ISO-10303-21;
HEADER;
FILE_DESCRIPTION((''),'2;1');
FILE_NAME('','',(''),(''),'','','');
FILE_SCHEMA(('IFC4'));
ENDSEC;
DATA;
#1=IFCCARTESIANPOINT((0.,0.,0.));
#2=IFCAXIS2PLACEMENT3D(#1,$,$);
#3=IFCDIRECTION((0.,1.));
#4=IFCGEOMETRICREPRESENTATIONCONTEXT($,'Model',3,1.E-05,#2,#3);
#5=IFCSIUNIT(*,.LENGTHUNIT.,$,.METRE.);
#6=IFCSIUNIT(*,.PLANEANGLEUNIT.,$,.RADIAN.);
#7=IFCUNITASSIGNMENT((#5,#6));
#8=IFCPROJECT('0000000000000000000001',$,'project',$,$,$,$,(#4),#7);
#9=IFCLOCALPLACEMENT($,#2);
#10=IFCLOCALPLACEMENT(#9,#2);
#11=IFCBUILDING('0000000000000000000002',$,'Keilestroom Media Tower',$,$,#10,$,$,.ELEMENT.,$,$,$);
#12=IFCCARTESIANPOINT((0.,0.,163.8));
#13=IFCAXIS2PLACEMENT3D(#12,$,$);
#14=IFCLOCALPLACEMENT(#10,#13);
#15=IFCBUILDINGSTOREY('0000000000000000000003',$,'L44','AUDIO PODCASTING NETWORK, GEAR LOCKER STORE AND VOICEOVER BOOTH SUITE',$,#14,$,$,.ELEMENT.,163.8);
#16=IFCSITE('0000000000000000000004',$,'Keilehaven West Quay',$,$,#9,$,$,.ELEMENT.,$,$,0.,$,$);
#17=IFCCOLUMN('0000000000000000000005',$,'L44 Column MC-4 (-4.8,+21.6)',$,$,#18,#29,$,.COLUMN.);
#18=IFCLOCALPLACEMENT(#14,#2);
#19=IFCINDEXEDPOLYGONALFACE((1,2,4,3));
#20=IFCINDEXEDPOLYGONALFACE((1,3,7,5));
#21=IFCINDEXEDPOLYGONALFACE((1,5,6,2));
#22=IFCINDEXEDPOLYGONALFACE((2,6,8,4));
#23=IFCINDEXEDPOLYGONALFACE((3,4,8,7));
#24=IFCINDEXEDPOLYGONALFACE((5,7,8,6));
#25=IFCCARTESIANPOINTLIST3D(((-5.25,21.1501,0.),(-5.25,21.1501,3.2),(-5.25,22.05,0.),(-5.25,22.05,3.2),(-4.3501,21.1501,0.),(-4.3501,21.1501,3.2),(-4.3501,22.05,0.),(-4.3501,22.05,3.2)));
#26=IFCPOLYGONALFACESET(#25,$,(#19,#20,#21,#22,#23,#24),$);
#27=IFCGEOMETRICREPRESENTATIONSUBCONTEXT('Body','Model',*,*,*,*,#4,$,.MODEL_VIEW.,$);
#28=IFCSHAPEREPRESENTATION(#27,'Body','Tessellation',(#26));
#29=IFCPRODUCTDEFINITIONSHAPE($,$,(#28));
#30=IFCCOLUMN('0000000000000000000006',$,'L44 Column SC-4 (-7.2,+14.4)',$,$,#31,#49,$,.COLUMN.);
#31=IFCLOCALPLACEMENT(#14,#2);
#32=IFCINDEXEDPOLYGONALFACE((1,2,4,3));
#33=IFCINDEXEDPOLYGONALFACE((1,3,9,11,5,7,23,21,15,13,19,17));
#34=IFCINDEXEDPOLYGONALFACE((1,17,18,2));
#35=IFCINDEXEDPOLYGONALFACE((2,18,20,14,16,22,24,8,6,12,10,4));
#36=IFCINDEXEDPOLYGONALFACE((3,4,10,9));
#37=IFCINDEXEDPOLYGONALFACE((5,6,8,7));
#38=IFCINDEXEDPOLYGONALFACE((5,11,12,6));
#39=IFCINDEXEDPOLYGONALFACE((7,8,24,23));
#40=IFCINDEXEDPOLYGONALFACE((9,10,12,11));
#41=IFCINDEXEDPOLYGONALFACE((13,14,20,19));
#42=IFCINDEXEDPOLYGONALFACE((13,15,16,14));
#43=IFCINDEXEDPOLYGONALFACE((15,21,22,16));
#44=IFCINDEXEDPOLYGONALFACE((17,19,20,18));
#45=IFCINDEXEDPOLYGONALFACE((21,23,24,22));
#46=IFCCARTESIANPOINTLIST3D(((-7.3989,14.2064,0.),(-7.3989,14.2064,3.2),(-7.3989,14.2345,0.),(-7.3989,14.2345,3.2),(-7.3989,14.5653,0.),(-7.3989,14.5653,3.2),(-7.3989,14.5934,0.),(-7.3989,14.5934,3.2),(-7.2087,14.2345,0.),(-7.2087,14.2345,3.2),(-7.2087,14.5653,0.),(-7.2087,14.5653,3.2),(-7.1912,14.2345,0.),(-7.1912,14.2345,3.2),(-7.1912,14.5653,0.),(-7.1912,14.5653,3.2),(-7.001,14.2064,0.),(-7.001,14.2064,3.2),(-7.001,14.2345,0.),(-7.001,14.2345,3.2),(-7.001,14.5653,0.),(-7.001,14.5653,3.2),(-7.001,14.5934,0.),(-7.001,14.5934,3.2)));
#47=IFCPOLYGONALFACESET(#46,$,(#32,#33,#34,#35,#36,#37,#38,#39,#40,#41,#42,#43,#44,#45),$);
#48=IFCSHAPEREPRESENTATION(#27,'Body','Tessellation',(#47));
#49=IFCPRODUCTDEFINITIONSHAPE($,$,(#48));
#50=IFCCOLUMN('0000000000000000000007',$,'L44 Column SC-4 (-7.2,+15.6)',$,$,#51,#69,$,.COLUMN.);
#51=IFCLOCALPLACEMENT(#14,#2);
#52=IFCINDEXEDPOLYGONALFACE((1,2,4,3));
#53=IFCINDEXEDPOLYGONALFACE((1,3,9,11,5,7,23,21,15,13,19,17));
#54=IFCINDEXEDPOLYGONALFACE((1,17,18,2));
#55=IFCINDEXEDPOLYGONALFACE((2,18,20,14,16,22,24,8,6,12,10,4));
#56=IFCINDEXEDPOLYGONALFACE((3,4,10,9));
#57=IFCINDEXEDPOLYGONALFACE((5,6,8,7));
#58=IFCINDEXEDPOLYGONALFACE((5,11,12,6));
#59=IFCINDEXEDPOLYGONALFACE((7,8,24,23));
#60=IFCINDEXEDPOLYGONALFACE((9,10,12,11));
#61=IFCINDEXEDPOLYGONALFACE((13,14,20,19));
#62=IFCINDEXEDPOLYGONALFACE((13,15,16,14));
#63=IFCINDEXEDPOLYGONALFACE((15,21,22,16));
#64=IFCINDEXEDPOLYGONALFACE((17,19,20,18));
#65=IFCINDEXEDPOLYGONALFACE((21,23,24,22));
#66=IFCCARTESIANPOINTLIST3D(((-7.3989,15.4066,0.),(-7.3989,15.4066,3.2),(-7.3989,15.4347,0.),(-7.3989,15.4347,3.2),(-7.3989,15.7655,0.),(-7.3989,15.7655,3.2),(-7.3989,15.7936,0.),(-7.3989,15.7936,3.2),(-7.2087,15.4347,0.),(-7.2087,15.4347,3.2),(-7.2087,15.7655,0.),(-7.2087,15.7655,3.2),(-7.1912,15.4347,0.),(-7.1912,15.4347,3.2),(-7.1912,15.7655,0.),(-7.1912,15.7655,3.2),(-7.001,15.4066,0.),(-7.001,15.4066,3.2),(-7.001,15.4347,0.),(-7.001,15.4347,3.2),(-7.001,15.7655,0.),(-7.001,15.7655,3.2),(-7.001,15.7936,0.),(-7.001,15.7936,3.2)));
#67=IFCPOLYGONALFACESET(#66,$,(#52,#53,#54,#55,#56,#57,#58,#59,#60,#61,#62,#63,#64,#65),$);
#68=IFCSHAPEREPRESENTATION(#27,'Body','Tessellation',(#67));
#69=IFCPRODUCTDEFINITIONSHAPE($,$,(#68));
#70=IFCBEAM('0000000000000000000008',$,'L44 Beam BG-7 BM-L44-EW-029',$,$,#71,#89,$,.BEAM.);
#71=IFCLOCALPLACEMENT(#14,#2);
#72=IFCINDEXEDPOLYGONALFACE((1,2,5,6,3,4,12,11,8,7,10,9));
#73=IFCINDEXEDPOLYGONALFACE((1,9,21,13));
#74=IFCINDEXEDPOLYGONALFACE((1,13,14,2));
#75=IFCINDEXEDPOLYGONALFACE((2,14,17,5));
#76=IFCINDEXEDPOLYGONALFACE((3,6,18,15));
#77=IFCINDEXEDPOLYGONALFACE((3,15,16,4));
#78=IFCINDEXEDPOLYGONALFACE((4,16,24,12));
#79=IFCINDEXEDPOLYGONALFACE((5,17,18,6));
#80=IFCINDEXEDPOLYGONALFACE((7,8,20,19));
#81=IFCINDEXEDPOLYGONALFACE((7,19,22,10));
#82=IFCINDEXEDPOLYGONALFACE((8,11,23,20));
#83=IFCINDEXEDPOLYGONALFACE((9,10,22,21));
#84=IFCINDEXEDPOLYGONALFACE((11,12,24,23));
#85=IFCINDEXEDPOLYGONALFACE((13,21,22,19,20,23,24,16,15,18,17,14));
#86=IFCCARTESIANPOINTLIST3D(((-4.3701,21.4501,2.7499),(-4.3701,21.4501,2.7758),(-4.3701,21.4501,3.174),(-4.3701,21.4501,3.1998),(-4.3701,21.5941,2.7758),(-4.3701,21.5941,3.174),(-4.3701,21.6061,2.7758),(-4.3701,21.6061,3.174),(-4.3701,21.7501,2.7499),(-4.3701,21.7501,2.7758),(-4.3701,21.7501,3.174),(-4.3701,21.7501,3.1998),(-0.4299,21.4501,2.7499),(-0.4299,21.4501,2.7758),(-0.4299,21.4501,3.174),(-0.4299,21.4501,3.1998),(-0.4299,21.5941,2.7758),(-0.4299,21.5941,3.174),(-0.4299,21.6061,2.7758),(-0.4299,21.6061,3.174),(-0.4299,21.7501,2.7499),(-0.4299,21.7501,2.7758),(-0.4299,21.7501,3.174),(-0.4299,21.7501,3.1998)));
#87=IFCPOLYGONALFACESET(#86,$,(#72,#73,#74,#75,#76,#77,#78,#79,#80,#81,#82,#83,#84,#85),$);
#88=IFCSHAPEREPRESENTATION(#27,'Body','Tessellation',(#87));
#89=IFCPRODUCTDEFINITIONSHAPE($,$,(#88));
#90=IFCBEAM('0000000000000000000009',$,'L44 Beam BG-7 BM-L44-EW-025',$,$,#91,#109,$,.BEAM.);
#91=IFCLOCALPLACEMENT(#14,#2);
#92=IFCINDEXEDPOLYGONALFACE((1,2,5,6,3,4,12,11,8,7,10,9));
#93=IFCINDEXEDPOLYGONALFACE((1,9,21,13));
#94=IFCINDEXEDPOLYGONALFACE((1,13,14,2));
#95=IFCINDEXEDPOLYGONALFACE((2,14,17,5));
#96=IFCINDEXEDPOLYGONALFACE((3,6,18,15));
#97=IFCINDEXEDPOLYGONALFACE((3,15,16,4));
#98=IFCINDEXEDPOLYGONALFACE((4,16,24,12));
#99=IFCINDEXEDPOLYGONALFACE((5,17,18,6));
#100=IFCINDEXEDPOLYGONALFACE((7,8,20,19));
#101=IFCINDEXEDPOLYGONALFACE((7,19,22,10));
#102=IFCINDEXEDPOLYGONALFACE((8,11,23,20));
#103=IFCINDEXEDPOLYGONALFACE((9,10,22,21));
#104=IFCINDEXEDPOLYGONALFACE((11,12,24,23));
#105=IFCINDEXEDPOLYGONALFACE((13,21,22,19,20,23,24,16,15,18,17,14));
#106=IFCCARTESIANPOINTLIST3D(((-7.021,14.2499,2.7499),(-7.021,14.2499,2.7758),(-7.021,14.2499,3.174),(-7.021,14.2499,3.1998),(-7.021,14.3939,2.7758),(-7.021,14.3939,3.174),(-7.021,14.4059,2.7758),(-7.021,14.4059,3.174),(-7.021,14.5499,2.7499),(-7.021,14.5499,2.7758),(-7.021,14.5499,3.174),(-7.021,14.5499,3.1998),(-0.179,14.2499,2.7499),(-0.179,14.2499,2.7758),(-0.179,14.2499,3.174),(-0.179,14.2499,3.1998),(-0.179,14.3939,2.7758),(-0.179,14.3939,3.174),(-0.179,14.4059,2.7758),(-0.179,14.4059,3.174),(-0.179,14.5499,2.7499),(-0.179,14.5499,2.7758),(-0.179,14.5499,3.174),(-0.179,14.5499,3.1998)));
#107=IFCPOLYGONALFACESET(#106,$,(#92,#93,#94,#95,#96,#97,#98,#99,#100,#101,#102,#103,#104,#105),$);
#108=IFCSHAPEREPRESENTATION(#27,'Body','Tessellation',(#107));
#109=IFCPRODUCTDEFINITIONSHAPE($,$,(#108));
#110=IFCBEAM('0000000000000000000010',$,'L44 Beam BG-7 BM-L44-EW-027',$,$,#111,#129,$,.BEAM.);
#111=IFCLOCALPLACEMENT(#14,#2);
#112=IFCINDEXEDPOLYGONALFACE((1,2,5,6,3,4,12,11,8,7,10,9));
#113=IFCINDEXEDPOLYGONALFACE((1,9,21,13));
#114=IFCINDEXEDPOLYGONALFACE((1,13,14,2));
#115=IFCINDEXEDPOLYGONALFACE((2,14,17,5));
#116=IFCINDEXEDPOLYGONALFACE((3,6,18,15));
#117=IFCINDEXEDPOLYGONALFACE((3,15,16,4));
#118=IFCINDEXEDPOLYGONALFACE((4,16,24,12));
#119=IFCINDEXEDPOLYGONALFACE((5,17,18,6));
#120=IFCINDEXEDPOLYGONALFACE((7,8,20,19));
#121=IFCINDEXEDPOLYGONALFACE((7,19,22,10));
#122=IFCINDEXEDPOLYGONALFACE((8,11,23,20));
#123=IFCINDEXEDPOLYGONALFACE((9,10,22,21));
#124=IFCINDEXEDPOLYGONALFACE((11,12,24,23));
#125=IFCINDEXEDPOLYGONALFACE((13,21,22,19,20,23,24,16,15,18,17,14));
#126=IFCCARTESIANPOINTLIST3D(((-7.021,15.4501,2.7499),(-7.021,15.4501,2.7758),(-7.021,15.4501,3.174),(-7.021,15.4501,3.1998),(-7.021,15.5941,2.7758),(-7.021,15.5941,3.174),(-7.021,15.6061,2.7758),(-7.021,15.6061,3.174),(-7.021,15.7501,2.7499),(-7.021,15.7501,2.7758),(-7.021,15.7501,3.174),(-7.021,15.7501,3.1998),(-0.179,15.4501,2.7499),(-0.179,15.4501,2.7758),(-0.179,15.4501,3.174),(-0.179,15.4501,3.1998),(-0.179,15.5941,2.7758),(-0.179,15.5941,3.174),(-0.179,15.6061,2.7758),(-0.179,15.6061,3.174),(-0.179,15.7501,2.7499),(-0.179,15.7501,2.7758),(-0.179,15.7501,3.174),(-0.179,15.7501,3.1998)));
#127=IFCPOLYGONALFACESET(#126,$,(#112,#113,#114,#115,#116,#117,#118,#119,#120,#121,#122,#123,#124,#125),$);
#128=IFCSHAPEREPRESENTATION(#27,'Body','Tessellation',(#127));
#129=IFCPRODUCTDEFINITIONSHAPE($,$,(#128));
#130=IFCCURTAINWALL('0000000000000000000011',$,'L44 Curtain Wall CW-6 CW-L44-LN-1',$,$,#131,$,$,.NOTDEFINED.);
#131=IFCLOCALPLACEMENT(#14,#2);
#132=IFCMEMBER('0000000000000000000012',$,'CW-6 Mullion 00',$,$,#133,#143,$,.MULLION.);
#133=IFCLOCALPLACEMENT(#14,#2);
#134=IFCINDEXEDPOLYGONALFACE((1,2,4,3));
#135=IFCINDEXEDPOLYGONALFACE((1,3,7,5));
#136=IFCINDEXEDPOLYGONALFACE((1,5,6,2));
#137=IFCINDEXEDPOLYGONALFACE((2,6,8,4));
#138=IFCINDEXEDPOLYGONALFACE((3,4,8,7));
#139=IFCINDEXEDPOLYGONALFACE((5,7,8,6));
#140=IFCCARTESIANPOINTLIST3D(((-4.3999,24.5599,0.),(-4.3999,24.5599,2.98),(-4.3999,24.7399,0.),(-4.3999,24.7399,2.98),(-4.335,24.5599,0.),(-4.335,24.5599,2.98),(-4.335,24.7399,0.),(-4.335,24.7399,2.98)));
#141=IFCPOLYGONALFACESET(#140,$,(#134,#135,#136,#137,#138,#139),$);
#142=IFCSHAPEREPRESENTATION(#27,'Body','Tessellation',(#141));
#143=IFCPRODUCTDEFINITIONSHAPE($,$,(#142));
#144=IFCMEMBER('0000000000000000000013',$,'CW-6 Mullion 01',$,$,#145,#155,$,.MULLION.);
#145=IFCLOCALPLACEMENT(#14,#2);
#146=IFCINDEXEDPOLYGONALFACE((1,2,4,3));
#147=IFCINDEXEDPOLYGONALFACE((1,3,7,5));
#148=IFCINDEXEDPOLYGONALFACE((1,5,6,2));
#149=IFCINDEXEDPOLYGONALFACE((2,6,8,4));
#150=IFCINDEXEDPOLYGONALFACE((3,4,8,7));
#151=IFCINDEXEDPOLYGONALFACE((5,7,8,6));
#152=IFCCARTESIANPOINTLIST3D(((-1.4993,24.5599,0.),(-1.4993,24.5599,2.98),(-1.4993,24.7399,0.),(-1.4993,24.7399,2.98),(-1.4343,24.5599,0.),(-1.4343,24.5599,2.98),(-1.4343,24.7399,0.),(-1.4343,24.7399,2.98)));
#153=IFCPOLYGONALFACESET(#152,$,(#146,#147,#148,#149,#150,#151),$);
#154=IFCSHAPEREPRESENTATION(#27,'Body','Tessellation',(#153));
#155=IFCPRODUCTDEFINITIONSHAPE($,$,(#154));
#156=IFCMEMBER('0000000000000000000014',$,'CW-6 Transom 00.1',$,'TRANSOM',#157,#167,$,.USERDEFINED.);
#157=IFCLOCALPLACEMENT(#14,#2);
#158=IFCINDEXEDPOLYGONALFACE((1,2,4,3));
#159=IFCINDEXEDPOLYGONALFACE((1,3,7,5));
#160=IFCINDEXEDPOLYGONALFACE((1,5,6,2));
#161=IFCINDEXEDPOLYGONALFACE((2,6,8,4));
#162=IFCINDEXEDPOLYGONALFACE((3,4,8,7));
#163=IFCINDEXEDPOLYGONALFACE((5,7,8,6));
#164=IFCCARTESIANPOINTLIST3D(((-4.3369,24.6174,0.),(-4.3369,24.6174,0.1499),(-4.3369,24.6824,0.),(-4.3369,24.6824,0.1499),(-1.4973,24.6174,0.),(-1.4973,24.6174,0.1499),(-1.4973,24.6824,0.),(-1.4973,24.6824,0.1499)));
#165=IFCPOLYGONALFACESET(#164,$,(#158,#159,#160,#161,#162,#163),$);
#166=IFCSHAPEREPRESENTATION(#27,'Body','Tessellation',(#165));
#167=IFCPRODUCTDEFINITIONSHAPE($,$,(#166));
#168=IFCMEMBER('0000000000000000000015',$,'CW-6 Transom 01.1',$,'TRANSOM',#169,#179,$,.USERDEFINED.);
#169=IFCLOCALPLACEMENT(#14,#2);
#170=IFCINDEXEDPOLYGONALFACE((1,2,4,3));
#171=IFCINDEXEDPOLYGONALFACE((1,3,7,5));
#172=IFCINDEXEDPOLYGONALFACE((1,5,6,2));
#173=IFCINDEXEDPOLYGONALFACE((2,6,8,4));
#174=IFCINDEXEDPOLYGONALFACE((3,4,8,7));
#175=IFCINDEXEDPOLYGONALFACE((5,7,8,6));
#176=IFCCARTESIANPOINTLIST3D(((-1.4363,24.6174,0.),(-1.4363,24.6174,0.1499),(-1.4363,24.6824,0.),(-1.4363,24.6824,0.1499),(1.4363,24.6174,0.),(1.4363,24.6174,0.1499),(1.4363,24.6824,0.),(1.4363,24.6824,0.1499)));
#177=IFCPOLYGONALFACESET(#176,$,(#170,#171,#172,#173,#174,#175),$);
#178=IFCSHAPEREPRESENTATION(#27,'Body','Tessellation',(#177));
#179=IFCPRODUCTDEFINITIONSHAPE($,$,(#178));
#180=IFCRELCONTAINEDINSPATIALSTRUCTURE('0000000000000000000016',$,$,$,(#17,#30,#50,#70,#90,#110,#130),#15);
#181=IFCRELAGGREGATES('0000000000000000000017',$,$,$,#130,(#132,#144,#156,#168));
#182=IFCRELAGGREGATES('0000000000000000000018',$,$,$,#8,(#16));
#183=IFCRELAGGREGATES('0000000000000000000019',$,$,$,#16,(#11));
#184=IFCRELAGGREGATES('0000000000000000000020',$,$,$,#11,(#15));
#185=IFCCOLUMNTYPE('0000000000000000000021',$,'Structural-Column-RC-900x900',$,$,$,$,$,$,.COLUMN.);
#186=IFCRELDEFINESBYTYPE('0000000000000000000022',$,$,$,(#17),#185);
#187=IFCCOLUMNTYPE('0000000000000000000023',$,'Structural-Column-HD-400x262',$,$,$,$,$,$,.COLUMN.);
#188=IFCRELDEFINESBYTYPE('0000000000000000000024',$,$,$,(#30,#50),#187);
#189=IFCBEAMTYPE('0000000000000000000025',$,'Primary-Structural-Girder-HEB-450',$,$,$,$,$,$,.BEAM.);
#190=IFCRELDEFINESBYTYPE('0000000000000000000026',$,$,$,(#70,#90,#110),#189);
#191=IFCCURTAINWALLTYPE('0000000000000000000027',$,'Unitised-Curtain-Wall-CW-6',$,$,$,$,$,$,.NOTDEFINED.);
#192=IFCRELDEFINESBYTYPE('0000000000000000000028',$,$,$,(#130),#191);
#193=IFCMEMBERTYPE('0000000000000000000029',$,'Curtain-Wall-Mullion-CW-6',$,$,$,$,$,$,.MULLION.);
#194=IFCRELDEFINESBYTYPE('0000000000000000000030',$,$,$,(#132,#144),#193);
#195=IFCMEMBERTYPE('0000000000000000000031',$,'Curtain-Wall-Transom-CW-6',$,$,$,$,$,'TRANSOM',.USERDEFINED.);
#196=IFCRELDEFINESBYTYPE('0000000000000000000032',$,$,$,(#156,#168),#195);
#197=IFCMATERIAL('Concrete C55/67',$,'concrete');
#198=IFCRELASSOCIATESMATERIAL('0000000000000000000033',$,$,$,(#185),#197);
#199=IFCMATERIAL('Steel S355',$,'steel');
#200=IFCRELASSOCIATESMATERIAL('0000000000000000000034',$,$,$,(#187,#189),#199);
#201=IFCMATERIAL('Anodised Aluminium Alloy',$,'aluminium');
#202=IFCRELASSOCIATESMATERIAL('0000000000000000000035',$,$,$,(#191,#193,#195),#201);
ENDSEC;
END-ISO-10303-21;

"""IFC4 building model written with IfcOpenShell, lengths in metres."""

from ifc_helpers import new_model, si_unit, direction, frame, origin, origin_2d, place, context, subcontext, project, spatial, rectangle, i_section, extrude, source, transform, mapped, material, material_profile, profile_set, type_object, element, aggregate, save


model = new_model("IFC4")

# Units and contexts
model_context = context("Model", 3, precision=1e-05, world=origin(), true_north=direction((0.0, 1.0)))
body_context = subcontext(model_context, "Body", "Model", "MODEL_VIEW")
ifc_project = project(units=[si_unit("LENGTHUNIT", "METRE"), si_unit("PLANEANGLEUNIT", "RADIAN")], contexts=[model_context])

# Site, building, storey
site_placement = place(None, origin())
site = spatial("IfcSite", under=ifc_project, at=site_placement, Name="Keilehaven West Quay", CompositionType="ELEMENT", RefElevation=0.0)
building_placement = place(site_placement, origin())
building = spatial("IfcBuilding", under=site, at=building_placement, Name="Keilestroom Media Tower", CompositionType="ELEMENT")
storey_placement = place(building_placement, frame((0.0, 0.0, 163.8)))
storey = spatial("IfcBuildingStorey", under=building, at=storey_placement, Name="L44", Description="AUDIO PODCASTING NETWORK, GEAR LOCKER STORE AND VOICEOVER BOOTH SUITE", CompositionType="ELEMENT", Elevation=163.8)

# Columns
ifc_material_1 = material(Name="Concrete C55/67", Category="concrete")
ifc_material_profile_1 = material_profile(ifc_material_1, rectangle(XDim=0.8999, YDim=0.8999, at=origin_2d()), Name="RC 900x900")
ifc_profile_set_1 = profile_set([ifc_material_profile_1], Name="Concrete C55/67")
column_type_1 = type_object("IfcColumnType", Name="Structural-Column-RC-900x900", PredefinedType="COLUMN", material=ifc_profile_set_1)
shared_shape_1 = source(origin(), body_context, "Body", "SweptSolid", [
    extrude(rectangle(XDim=0.8999, YDim=0.8999, at=origin_2d()), origin(), (0.0, 0.0, 1.0), 3.2),
])
column_placement = place(storey_placement, frame((-4.8, 21.6001, 0.0), z_axis=(0.0, 0.0, 1.0), x_axis=(1.0, 0.0, 0.0)))
element("IfcColumn", 1, at=column_placement, inside=storey, type_object=column_type_1, Name="L44 Column MC-4 (-4.8,+21.6)", PredefinedType="COLUMN", context=body_context, shape_type="MappedRepresentation", body=[
    mapped(shared_shape_1, transform((0.0, 0.0, 0.0), x_axis=(1.0, 0.0, 0.0), y_axis=(0.0, 1.0, 0.0), z_axis=(0.0, 0.0, 1.0), scale=1.0)),
])
ifc_material_2 = material(Name="Steel S355", Category="steel")
ifc_material_profile_2 = material_profile(ifc_material_2, i_section(OverallWidth=0.3979, OverallDepth=0.387, WebThickness=0.0176, FlangeThickness=0.0281, at=origin_2d()), Name="HD 400x262")
ifc_profile_set_2 = profile_set([ifc_material_profile_2], Name="Steel S355")
column_type_2 = type_object("IfcColumnType", Name="Structural-Column-HD-400x262", PredefinedType="COLUMN", material=ifc_profile_set_2)
shared_shape_2 = source(origin(), body_context, "Body", "SweptSolid", [
    extrude(i_section(OverallWidth=0.3979, OverallDepth=0.387, WebThickness=0.0176, FlangeThickness=0.0281, at=origin_2d()), origin(), (0.0, 0.0, 1.0), 3.2),
])
for number, where, z_axis, x_axis, name in (
    (2, (-7.2, 14.3999, 0.0), (0.0, 0.0, 1.0), (1.0, 0.0, 0.0), "L44 Column SC-4 (-7.2,+14.4)"),
    (3, (-7.2, 15.6001, 0.0), (0.0, 0.0, 1.0), (1.0, 0.0, 0.0), "L44 Column SC-4 (-7.2,+15.6)"),
):
    element("IfcColumn", number, at=place(storey_placement, frame(where, z_axis=z_axis, x_axis=x_axis)), inside=storey, type_object=column_type_2, Name=name, PredefinedType="COLUMN", context=body_context, shape_type="MappedRepresentation", body=[
        mapped(shared_shape_2, transform((0.0, 0.0, 0.0), x_axis=(1.0, 0.0, 0.0), y_axis=(0.0, 1.0, 0.0), z_axis=(0.0, 0.0, 1.0), scale=1.0)),
    ])

# Beams
ifc_material_profile_3 = material_profile(ifc_material_2, i_section(OverallWidth=0.3, OverallDepth=0.45, WebThickness=0.012, FlangeThickness=0.0259, at=origin_2d()), Name="HEB 450")
ifc_profile_set_3 = profile_set([ifc_material_profile_3], Name="Steel S355")
beam_type = type_object("IfcBeamType", Name="Primary-Structural-Girder-HEB-450", PredefinedType="BEAM", material=ifc_profile_set_3)
shared_shape_3 = source(origin(), body_context, "Body", "SweptSolid", [
    extrude(i_section(OverallWidth=0.3, OverallDepth=0.45, WebThickness=0.012, FlangeThickness=0.0259, at=origin_2d()), origin(), (0.0, 0.0, 1.0), 3.9402),
])
beam_placement = place(storey_placement, frame((-4.3701, 21.6001, 2.9749), z_axis=(1.0, 0.0, 0.0), x_axis=(0.0, 1.0, 0.0)))
element("IfcBeam", 4, at=beam_placement, inside=storey, type_object=beam_type, Name="L44 Beam BG-7 BM-L44-EW-029", PredefinedType="BEAM", context=body_context, shape_type="MappedRepresentation", body=[
    mapped(shared_shape_3, transform((0.0, 0.0, 0.0), x_axis=(1.0, 0.0, 0.0), y_axis=(0.0, 1.0, 0.0), z_axis=(0.0, 0.0, 1.0), scale=1.0)),
])
shared_shape_4 = source(origin(), body_context, "Body", "SweptSolid", [
    extrude(i_section(OverallWidth=0.3, OverallDepth=0.45, WebThickness=0.012, FlangeThickness=0.0259, at=origin_2d()), origin(), (0.0, 0.0, 1.0), 6.842),
])
for number, where, z_axis, x_axis, name in (
    (5, (-7.021, 14.3999, 2.9749), (1.0, 0.0, 0.0), (0.0, 1.0, 0.0), "L44 Beam BG-7 BM-L44-EW-025"),
    (6, (-7.021, 15.6001, 2.9749), (1.0, 0.0, 0.0), (0.0, 1.0, 0.0), "L44 Beam BG-7 BM-L44-EW-027"),
):
    element("IfcBeam", number, at=place(storey_placement, frame(where, z_axis=z_axis, x_axis=x_axis)), inside=storey, type_object=beam_type, Name=name, PredefinedType="BEAM", context=body_context, shape_type="MappedRepresentation", body=[
        mapped(shared_shape_4, transform((0.0, 0.0, 0.0), x_axis=(1.0, 0.0, 0.0), y_axis=(0.0, 1.0, 0.0), z_axis=(0.0, 0.0, 1.0), scale=1.0)),
    ])

# Curtain wall, members
ifc_material_3 = material(Name="Anodised Aluminium Alloy", Category="aluminium")
curtain_wall_type = type_object("IfcCurtainWallType", Name="Unitised-Curtain-Wall-CW-6", PredefinedType="NOTDEFINED", material=ifc_material_3)
curtain_wall_placement = place(storey_placement, origin())
curtain_wall = element("IfcCurtainWall", 7, at=curtain_wall_placement, inside=storey, type_object=curtain_wall_type, Name="L44 Curtain Wall CW-6 CW-L44-LN-1", PredefinedType="NOTDEFINED")
ifc_material_profile_4 = material_profile(ifc_material_3, rectangle(XDim=0.0649, YDim=0.1799, at=origin_2d()), Name="ALU MULLION 65x180")
ifc_profile_set_4 = profile_set([ifc_material_profile_4], Name="Anodised Aluminium Alloy")
member_type_1 = type_object("IfcMemberType", Name="Curtain-Wall-Mullion-CW-6", PredefinedType="MULLION", material=ifc_profile_set_4)
shared_shape_5 = source(origin(), body_context, "Body", "SweptSolid", [
    extrude(rectangle(XDim=0.0649, YDim=0.1799, at=origin_2d()), origin(), (0.0, 0.0, 1.0), 2.98),
])
member_1_placement = place(storey_placement, frame((-4.3674, 24.6499, 0.0), z_axis=(0.0, 0.0, 1.0), x_axis=(1.0, 0.0, 0.0)))
member_1 = element("IfcMember", 8, at=member_1_placement, type_object=member_type_1, Name="CW-6 Mullion 00", PredefinedType="MULLION", context=body_context, shape_type="MappedRepresentation", body=[
    mapped(shared_shape_5, transform((0.0, 0.0, 0.0), x_axis=(1.0, 0.0, 0.0), y_axis=(0.0, 1.0, 0.0), z_axis=(0.0, 0.0, 1.0), scale=1.0)),
])
member_2_placement = place(storey_placement, frame((-1.4668, 24.6499, 0.0), z_axis=(0.0, 0.0, 1.0), x_axis=(1.0, 0.0, 0.0)))
member_2 = element("IfcMember", 9, at=member_2_placement, type_object=member_type_1, Name="CW-6 Mullion 01", PredefinedType="MULLION", context=body_context, shape_type="MappedRepresentation", body=[
    mapped(shared_shape_5, transform((0.0, 0.0, 0.0), x_axis=(1.0, 0.0, 0.0), y_axis=(0.0, 1.0, 0.0), z_axis=(0.0, 0.0, 1.0), scale=1.0)),
])
ifc_material_profile_5 = material_profile(ifc_material_3, rectangle(XDim=0.0649, YDim=0.1499, at=origin_2d()), Name="ALU TRANSOM 65x150")
ifc_profile_set_5 = profile_set([ifc_material_profile_5], Name="Anodised Aluminium Alloy")
member_type_2 = type_object("IfcMemberType", Name="Curtain-Wall-Transom-CW-6", ElementType="TRANSOM", PredefinedType="USERDEFINED", material=ifc_profile_set_5)
shared_shape_6 = source(origin(), body_context, "Body", "SweptSolid", [
    extrude(rectangle(XDim=0.0649, YDim=0.1499, at=origin_2d()), origin(), (0.0, 0.0, 1.0), 2.8396),
])
member_3_placement = place(storey_placement, frame((-4.3369, 24.6499, 0.075), z_axis=(1.0, 0.0, 0.0), x_axis=(0.0, 1.0, 0.0)))
member_3 = element("IfcMember", 10, at=member_3_placement, type_object=member_type_2, Name="CW-6 Transom 00.1", ObjectType="TRANSOM", PredefinedType="USERDEFINED", context=body_context, shape_type="MappedRepresentation", body=[
    mapped(shared_shape_6, transform((0.0, 0.0, 0.0), x_axis=(1.0, 0.0, 0.0), y_axis=(0.0, 1.0, 0.0), z_axis=(0.0, 0.0, 1.0), scale=1.0)),
])
shared_shape_7 = source(origin(), body_context, "Body", "SweptSolid", [
    extrude(rectangle(XDim=0.0649, YDim=0.1499, at=origin_2d()), origin(), (0.0, 0.0, 1.0), 2.8726),
])
member_4_placement = place(storey_placement, frame((-1.4363, 24.6499, 0.075), z_axis=(1.0, 0.0, 0.0), x_axis=(0.0, 1.0, 0.0)))
member_4 = element("IfcMember", 11, at=member_4_placement, type_object=member_type_2, Name="CW-6 Transom 01.1", ObjectType="TRANSOM", PredefinedType="USERDEFINED", context=body_context, shape_type="MappedRepresentation", body=[
    mapped(shared_shape_7, transform((0.0, 0.0, 0.0), x_axis=(1.0, 0.0, 0.0), y_axis=(0.0, 1.0, 0.0), z_axis=(0.0, 0.0, 1.0), scale=1.0)),
])
aggregate(curtain_wall, [member_1, member_2, member_3, member_4])

save(model, "model.ifc")
